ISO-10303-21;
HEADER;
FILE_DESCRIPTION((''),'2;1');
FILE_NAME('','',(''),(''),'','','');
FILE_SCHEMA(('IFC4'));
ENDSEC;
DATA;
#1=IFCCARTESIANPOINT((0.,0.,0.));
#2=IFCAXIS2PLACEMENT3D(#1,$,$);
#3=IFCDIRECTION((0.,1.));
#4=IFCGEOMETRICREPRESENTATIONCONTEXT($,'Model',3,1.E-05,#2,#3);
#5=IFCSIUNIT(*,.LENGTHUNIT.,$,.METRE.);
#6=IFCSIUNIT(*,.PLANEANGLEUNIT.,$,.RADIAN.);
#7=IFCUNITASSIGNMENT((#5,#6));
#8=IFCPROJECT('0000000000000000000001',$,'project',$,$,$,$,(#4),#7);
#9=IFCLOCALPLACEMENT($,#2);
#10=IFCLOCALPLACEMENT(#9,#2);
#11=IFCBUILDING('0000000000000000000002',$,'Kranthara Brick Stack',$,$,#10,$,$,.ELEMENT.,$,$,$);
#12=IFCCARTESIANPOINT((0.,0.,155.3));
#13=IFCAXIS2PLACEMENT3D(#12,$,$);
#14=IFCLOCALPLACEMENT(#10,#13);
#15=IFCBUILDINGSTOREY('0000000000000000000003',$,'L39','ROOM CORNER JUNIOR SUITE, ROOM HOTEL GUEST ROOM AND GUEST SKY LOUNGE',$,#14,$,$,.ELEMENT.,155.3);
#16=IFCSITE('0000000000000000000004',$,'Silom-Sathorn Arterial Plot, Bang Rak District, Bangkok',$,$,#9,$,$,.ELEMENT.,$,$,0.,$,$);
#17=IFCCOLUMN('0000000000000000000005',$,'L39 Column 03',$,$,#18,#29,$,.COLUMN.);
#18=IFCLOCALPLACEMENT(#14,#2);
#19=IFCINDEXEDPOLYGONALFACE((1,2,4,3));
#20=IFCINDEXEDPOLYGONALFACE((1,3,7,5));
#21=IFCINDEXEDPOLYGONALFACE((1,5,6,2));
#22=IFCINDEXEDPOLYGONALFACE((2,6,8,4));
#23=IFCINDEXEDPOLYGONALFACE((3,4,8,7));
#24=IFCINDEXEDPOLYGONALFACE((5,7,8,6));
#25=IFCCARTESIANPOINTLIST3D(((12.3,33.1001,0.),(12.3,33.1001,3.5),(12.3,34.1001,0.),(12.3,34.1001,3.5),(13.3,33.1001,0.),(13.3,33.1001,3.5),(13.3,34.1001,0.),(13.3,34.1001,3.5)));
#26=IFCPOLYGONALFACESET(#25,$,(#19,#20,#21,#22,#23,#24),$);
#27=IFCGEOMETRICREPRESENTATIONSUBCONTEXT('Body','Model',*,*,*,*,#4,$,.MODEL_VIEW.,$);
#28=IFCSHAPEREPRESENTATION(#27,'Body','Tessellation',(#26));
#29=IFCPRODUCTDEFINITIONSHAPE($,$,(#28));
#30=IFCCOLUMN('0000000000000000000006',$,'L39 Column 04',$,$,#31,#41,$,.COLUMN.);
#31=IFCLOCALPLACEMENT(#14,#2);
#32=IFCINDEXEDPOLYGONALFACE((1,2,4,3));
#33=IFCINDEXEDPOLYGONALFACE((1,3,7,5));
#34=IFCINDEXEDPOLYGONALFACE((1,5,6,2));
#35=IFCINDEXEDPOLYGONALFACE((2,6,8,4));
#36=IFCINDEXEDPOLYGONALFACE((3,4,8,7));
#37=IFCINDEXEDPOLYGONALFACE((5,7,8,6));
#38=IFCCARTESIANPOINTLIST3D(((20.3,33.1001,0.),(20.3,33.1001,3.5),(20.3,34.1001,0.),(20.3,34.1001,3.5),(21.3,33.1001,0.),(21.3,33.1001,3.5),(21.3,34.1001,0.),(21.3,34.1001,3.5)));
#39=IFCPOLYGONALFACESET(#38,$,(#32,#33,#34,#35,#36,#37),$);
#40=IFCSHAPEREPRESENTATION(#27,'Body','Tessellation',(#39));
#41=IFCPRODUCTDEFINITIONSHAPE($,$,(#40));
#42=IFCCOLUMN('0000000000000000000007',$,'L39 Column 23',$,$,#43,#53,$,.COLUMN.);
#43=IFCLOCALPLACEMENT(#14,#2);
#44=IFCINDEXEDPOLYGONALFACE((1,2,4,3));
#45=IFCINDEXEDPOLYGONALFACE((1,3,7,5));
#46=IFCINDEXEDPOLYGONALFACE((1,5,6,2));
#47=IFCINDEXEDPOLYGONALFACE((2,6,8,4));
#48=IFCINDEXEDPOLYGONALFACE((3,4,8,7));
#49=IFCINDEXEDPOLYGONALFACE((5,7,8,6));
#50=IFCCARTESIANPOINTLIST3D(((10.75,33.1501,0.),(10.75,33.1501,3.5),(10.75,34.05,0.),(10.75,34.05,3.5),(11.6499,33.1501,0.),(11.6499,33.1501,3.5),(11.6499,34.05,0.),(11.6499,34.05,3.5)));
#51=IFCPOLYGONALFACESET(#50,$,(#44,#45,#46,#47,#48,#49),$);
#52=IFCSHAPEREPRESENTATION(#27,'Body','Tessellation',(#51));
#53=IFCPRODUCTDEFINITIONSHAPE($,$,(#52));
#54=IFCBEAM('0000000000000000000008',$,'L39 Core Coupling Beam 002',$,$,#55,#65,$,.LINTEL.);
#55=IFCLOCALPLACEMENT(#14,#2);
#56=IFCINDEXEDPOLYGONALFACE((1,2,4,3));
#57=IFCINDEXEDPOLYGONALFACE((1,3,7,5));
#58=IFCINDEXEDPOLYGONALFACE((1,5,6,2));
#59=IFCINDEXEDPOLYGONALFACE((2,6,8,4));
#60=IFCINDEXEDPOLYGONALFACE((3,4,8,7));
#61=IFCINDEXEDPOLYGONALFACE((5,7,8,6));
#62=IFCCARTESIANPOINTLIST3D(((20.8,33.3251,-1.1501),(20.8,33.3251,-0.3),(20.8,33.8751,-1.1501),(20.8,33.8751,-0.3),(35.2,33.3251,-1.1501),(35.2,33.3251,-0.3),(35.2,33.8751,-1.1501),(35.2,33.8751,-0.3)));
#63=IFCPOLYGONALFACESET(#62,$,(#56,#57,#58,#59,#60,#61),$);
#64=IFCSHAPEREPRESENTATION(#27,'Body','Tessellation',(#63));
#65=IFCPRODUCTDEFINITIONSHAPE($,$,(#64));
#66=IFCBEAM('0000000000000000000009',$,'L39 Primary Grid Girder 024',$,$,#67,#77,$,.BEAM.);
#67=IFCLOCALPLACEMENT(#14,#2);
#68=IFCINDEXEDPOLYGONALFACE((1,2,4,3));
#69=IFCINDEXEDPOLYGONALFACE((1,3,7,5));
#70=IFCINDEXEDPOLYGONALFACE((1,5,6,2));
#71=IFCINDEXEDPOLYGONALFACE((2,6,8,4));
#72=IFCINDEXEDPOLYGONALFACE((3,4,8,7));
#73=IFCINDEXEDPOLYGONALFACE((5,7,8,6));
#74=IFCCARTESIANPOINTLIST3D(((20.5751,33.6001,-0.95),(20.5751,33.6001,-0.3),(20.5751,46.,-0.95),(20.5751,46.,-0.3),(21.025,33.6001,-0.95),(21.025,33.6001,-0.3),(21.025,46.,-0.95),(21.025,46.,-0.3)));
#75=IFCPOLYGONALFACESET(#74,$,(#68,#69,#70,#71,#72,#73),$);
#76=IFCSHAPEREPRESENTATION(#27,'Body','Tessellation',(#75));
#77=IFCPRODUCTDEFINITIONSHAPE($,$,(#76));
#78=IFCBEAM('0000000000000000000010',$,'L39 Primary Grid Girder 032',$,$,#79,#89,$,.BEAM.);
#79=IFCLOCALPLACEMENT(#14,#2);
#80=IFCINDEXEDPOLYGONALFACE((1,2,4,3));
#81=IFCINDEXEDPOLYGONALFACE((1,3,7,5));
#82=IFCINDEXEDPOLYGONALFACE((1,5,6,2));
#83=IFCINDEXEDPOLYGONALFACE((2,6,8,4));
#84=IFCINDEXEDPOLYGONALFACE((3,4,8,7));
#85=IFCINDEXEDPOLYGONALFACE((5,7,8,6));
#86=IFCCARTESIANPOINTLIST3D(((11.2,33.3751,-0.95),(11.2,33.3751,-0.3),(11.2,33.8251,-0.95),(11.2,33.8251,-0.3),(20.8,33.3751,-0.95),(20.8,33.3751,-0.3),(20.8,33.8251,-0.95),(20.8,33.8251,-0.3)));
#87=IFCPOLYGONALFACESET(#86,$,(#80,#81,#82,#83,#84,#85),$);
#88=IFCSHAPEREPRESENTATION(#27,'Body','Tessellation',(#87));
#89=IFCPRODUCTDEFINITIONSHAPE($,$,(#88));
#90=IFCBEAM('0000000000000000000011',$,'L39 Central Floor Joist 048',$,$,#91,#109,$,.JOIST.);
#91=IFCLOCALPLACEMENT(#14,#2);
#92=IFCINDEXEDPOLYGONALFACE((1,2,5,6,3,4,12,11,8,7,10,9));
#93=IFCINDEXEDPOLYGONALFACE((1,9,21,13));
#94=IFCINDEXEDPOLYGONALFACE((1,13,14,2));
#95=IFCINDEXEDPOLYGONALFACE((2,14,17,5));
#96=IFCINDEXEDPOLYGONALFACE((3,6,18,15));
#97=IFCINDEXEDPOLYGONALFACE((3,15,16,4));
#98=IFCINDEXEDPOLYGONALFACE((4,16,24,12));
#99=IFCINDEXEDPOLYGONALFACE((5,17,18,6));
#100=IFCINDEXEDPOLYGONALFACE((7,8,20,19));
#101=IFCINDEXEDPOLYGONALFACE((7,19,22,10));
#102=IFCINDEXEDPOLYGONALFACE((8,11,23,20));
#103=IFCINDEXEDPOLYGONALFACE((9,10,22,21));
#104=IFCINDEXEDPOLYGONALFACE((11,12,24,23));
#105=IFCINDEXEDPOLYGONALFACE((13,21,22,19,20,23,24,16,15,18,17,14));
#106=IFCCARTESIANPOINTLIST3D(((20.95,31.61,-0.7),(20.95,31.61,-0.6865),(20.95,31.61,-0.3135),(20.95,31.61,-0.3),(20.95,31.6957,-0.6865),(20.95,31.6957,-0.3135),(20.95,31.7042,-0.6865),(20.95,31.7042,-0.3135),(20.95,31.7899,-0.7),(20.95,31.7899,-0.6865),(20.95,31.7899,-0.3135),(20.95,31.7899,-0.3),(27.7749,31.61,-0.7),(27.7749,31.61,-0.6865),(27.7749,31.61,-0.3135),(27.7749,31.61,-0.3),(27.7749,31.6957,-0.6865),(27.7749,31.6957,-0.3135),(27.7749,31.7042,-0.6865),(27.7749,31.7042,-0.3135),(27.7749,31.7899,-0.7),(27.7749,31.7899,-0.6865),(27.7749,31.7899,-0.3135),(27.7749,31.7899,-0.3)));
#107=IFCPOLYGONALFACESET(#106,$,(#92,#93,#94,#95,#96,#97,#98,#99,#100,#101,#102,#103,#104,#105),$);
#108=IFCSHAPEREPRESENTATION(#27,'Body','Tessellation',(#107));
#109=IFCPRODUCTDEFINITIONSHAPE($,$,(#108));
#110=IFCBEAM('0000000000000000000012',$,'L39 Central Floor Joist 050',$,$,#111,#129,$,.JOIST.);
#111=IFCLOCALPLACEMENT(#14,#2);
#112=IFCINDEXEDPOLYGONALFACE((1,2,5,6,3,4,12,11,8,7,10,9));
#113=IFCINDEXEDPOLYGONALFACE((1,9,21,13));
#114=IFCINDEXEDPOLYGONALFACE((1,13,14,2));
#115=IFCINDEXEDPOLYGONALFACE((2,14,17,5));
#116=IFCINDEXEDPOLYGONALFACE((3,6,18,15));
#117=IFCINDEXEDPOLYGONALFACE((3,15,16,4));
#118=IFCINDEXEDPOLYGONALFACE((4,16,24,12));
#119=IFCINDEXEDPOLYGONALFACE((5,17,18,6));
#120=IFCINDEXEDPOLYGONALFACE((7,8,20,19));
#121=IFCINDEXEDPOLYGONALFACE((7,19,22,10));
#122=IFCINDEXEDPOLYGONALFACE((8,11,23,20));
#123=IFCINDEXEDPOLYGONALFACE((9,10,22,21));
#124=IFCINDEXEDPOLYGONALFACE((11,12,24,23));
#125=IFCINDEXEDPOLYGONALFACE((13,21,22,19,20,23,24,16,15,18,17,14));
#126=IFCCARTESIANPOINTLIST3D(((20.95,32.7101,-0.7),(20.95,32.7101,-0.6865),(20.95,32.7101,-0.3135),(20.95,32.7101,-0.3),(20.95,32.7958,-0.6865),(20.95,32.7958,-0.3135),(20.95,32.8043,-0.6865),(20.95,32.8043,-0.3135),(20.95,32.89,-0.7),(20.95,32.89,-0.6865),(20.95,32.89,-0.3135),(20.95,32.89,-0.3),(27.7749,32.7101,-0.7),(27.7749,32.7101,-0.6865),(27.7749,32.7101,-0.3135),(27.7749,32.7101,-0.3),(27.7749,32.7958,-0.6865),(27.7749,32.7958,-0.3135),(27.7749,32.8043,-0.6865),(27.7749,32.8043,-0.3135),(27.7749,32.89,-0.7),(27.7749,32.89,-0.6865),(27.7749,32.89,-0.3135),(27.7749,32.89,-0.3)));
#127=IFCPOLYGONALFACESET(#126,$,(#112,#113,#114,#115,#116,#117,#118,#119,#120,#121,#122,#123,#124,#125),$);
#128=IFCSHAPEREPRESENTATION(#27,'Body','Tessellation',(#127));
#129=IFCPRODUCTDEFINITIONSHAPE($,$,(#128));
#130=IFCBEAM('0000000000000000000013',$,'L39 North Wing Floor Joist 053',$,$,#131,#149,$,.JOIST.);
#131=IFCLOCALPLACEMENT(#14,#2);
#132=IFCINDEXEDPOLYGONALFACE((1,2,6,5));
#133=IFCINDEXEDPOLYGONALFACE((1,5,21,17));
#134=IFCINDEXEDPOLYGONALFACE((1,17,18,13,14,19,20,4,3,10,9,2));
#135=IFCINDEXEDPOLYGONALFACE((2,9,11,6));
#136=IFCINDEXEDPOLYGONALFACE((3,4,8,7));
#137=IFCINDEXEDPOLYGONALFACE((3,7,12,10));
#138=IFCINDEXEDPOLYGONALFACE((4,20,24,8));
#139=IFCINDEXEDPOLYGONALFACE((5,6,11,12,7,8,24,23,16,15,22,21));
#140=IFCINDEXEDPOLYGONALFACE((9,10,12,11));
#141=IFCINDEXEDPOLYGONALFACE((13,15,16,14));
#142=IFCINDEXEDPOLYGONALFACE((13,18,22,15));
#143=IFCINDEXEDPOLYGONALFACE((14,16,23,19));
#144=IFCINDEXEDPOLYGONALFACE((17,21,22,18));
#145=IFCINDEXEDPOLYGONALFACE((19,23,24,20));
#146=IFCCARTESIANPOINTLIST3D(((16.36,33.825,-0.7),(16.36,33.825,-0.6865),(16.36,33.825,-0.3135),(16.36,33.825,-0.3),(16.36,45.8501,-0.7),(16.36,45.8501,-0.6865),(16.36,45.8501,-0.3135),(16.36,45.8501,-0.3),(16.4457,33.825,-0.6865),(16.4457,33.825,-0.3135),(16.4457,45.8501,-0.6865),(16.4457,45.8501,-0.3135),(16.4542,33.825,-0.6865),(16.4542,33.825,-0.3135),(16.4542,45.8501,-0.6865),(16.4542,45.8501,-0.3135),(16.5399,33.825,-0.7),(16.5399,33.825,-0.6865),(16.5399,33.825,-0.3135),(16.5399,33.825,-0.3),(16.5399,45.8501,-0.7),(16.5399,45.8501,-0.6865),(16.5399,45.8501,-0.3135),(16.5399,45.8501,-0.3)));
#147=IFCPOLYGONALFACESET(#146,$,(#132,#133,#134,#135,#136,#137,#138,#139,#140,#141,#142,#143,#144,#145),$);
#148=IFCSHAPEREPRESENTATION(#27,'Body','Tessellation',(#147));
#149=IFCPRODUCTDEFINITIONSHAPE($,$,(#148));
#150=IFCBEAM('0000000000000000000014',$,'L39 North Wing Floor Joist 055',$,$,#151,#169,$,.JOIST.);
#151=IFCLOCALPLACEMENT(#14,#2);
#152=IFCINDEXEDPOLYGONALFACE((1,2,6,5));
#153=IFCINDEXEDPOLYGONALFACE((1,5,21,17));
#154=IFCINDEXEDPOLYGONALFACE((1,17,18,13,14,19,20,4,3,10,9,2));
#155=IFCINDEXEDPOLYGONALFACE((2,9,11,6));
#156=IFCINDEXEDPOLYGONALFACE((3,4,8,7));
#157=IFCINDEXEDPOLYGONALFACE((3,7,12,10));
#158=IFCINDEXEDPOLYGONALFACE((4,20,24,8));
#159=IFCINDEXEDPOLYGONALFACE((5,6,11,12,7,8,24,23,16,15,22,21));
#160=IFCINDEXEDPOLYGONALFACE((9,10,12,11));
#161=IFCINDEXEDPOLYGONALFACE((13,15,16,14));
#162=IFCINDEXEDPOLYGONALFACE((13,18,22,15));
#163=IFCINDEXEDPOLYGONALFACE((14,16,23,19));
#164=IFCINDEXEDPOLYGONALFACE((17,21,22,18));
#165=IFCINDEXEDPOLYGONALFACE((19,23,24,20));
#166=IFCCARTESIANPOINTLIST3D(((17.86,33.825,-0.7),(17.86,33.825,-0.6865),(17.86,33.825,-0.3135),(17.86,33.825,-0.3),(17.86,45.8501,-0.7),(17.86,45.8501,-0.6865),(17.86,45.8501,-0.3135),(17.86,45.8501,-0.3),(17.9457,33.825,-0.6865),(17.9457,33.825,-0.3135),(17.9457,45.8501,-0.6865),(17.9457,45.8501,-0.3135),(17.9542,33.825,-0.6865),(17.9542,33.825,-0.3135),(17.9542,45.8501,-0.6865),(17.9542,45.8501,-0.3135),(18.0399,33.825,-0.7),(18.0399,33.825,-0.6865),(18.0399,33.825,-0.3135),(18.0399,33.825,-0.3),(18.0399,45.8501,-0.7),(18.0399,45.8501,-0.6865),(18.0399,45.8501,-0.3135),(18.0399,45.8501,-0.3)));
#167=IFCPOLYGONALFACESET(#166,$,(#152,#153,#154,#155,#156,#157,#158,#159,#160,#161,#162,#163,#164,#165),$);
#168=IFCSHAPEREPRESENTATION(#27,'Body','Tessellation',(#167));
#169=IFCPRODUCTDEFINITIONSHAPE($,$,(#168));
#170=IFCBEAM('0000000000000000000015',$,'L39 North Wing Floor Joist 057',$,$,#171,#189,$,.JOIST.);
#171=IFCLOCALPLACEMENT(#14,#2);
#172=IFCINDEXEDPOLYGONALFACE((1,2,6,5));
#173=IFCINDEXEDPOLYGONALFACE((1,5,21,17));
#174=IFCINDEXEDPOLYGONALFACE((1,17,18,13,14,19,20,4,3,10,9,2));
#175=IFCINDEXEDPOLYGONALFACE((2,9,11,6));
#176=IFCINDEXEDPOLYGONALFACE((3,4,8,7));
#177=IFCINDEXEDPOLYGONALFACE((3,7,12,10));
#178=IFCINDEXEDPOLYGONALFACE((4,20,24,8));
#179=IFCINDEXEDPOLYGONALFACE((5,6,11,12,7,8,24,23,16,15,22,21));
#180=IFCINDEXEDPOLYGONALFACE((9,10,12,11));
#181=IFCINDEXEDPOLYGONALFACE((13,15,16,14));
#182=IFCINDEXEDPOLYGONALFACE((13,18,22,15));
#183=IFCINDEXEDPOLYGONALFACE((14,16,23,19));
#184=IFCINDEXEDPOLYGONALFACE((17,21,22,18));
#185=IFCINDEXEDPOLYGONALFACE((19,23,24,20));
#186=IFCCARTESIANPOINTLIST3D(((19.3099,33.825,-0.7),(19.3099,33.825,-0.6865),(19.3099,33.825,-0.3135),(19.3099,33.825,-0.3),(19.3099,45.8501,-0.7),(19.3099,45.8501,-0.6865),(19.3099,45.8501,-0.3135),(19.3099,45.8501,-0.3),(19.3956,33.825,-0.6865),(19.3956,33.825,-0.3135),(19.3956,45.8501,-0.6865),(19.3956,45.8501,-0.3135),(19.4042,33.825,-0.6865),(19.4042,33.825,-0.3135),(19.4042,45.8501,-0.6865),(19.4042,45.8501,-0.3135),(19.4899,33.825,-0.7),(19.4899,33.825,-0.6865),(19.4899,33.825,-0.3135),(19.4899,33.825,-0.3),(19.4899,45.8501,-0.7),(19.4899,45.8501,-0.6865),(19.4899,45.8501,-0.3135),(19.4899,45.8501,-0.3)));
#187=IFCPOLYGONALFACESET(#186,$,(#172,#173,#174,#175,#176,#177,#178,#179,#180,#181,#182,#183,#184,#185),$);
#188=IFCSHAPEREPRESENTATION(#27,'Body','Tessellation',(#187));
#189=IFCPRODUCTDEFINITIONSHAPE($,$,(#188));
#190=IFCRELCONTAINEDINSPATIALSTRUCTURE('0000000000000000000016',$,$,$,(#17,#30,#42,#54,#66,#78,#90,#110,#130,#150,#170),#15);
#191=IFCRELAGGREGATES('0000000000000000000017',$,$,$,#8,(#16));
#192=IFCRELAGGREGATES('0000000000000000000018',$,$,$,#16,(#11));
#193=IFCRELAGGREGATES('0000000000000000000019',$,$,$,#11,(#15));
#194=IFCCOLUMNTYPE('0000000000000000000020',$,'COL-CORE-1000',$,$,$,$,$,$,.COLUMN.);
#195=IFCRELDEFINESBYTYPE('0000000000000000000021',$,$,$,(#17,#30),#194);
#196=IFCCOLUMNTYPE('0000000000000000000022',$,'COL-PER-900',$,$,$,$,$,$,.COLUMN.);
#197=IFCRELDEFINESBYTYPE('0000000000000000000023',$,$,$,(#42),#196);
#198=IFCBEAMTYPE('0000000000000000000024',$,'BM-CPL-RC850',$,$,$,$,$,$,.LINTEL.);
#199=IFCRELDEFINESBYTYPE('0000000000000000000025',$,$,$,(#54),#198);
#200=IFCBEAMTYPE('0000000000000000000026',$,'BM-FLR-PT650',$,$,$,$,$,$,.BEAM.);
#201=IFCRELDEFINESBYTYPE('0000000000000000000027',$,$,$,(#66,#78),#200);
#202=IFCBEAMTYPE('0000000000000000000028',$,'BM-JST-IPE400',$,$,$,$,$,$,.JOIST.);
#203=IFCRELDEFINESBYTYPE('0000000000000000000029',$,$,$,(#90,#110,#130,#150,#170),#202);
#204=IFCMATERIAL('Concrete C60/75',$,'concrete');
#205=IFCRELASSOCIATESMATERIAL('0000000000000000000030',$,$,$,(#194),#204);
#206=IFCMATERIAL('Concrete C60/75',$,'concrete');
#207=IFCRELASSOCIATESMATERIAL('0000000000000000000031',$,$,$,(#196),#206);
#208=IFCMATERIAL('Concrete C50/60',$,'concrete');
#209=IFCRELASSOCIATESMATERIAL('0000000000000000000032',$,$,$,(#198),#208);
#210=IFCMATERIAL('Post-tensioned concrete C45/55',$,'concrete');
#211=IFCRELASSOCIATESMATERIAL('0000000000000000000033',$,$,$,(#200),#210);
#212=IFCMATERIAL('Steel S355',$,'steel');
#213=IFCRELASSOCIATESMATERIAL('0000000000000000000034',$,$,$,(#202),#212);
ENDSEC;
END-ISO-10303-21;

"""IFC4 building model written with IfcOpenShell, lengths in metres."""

from ifc_helpers import new_model, si_unit, direction, frame, origin, origin_2d, place, context, subcontext, project, spatial, rectangle, i_section, extrude, material, material_profile, profile_set, type_object, element, save


model = new_model("IFC4")

# Units and contexts
model_context = context("Model", 3, precision=1e-05, world=origin(), true_north=direction((0.0, 1.0)))
body_context = subcontext(model_context, "Body", "Model", "MODEL_VIEW")
ifc_project = project(units=[si_unit("LENGTHUNIT", "METRE"), si_unit("PLANEANGLEUNIT", "RADIAN")], contexts=[model_context])

# Site, building, storey
site_placement = place(None, origin())
site = spatial("IfcSite", under=ifc_project, at=site_placement, Name="Silom-Sathorn Arterial Plot, Bang Rak District, Bangkok", CompositionType="ELEMENT", RefElevation=0.0)
building_placement = place(site_placement, origin())
building = spatial("IfcBuilding", under=site, at=building_placement, Name="Kranthara Brick Stack", CompositionType="ELEMENT")
storey_placement = place(building_placement, frame((0.0, 0.0, 155.3)))
storey = spatial("IfcBuildingStorey", under=building, at=storey_placement, Name="L39", Description="ROOM CORNER JUNIOR SUITE, ROOM HOTEL GUEST ROOM AND GUEST SKY LOUNGE", CompositionType="ELEMENT", Elevation=155.3)

# Columns
ifc_material_1 = material(Name="Concrete C60/75", Category="concrete")
ifc_material_profile_1 = material_profile(ifc_material_1, rectangle(XDim=1.0, YDim=1.0, at=origin_2d()), Name="RC 1000x1000")
ifc_profile_set_1 = profile_set([ifc_material_profile_1], Name="Concrete C60/75")
column_type_1 = type_object("IfcColumnType", Name="COL-CORE-1000", PredefinedType="COLUMN", material=ifc_profile_set_1)
for number, where, z_axis, x_axis, name in (
    (1, (12.8, 33.6001, 0.0), (0.0, 0.0, 1.0), (1.0, 0.0, 0.0), "L39 Column 03"),
    (2, (20.8, 33.6001, 0.0), (0.0, 0.0, 1.0), (1.0, 0.0, 0.0), "L39 Column 04"),
):
    element("IfcColumn", number, at=place(storey_placement, frame(where, z_axis=z_axis, x_axis=x_axis)), inside=storey, type_object=column_type_1, Name=name, PredefinedType="COLUMN", context=body_context, shape_type="SweptSolid", body=[
        extrude(rectangle(XDim=1.0, YDim=1.0, at=origin_2d()), origin(), (0.0, 0.0, 1.0), 3.5),
    ])
ifc_material_2 = material(Name="Concrete C60/75", Category="concrete")
ifc_material_profile_2 = material_profile(ifc_material_2, rectangle(XDim=0.8999, YDim=0.8999, at=origin_2d()), Name="RC 900x900")
ifc_profile_set_2 = profile_set([ifc_material_profile_2], Name="Concrete C60/75")
column_type_2 = type_object("IfcColumnType", Name="COL-PER-900", PredefinedType="COLUMN", material=ifc_profile_set_2)
column_placement = place(storey_placement, frame((11.2, 33.6001, 0.0), z_axis=(0.0, 0.0, 1.0), x_axis=(1.0, 0.0, 0.0)))
element("IfcColumn", 3, at=column_placement, inside=storey, type_object=column_type_2, Name="L39 Column 23", PredefinedType="COLUMN", context=body_context, shape_type="SweptSolid", body=[
    extrude(rectangle(XDim=0.8999, YDim=0.8999, at=origin_2d()), origin(), (0.0, 0.0, 1.0), 3.5),
])

# Beams
ifc_material_3 = material(Name="Concrete C50/60", Category="concrete")
ifc_material_profile_3 = material_profile(ifc_material_3, rectangle(XDim=0.55, YDim=0.8501, at=origin_2d()), Name="RC 550x850")
ifc_profile_set_3 = profile_set([ifc_material_profile_3], Name="Concrete C50/60")
beam_type_1 = type_object("IfcBeamType", Name="BM-CPL-RC850", PredefinedType="LINTEL", material=ifc_profile_set_3)
beam_1_placement = place(storey_placement, frame((20.8, 33.6001, -0.7251), z_axis=(1.0, 0.0, 0.0), x_axis=(0.0, 1.0, 0.0)))
element("IfcBeam", 4, at=beam_1_placement, inside=storey, type_object=beam_type_1, Name="L39 Core Coupling Beam 002", PredefinedType="LINTEL", context=body_context, shape_type="SweptSolid", body=[
    extrude(rectangle(XDim=0.55, YDim=0.8501, at=origin_2d()), origin(), (0.0, 0.0, 1.0), 14.3999),
])
ifc_material_4 = material(Name="Post-tensioned concrete C45/55", Category="concrete")
ifc_material_profile_4 = material_profile(ifc_material_4, rectangle(XDim=0.45, YDim=0.6499, at=origin_2d()), Name="PT 450x650")
ifc_profile_set_4 = profile_set([ifc_material_profile_4], Name="Post-tensioned concrete C45/55")
beam_type_2 = type_object("IfcBeamType", Name="BM-FLR-PT650", PredefinedType="BEAM", material=ifc_profile_set_4)
beam_2_placement = place(storey_placement, frame((20.8, 33.6001, -0.625), z_axis=(0.0, 1.0, 0.0), x_axis=(-1.0, 0.0, 0.0)))
element("IfcBeam", 5, at=beam_2_placement, inside=storey, type_object=beam_type_2, Name="L39 Primary Grid Girder 024", PredefinedType="BEAM", context=body_context, shape_type="SweptSolid", body=[
    extrude(rectangle(XDim=0.45, YDim=0.6499, at=origin_2d()), origin(), (0.0, 0.0, 1.0), 12.3999),
])
beam_3_placement = place(storey_placement, frame((11.2, 33.6001, -0.625), z_axis=(1.0, 0.0, 0.0), x_axis=(0.0, 1.0, 0.0)))
element("IfcBeam", 6, at=beam_3_placement, inside=storey, type_object=beam_type_2, Name="L39 Primary Grid Girder 032", PredefinedType="BEAM", context=body_context, shape_type="SweptSolid", body=[
    extrude(rectangle(XDim=0.45, YDim=0.6499, at=origin_2d()), origin(), (0.0, 0.0, 1.0), 9.6001),
])
ifc_material_5 = material(Name="Steel S355", Category="steel")
ifc_material_profile_5 = material_profile(ifc_material_5, i_section(OverallWidth=0.1799, OverallDepth=0.3999, WebThickness=0.0085, FlangeThickness=0.0134, at=origin_2d()), Name="IPE 400")
ifc_profile_set_5 = profile_set([ifc_material_profile_5], Name="Steel S355")
beam_type_3 = type_object("IfcBeamType", Name="BM-JST-IPE400", PredefinedType="JOIST", material=ifc_profile_set_5)
for number, where, z_axis, x_axis, name in (
    (7, (20.95, 31.7, -0.5), (1.0, 0.0, 0.0), (0.0, 1.0, 0.0), "L39 Central Floor Joist 048"),
    (8, (20.95, 32.8, -0.5), (1.0, 0.0, 0.0), (0.0, 1.0, 0.0), "L39 Central Floor Joist 050"),
):
    element("IfcBeam", number, at=place(storey_placement, frame(where, z_axis=z_axis, x_axis=x_axis)), inside=storey, type_object=beam_type_3, Name=name, PredefinedType="JOIST", context=body_context, shape_type="SweptSolid", body=[
        extrude(i_section(OverallWidth=0.1799, OverallDepth=0.3999, WebThickness=0.0085, FlangeThickness=0.0134, at=origin_2d()), origin(), (0.0, 0.0, 1.0), 6.825),
    ])
for number, where, z_axis, x_axis, name in (
    (9, (16.45, 33.825, -0.5), (0.0, 1.0, 0.0), (-1.0, 0.0, 0.0), "L39 North Wing Floor Joist 053"),
    (10, (17.95, 33.825, -0.5), (0.0, 1.0, 0.0), (-1.0, 0.0, 0.0), "L39 North Wing Floor Joist 055"),
    (11, (19.3999, 33.825, -0.5), (0.0, 1.0, 0.0), (-1.0, 0.0, 0.0), "L39 North Wing Floor Joist 057"),
):
    element("IfcBeam", number, at=place(storey_placement, frame(where, z_axis=z_axis, x_axis=x_axis)), inside=storey, type_object=beam_type_3, Name=name, PredefinedType="JOIST", context=body_context, shape_type="SweptSolid", body=[
        extrude(i_section(OverallWidth=0.1799, OverallDepth=0.3999, WebThickness=0.0085, FlangeThickness=0.0134, at=origin_2d()), origin(), (0.0, 0.0, 1.0), 12.0251),
    ])

save(model, "model.ifc")
